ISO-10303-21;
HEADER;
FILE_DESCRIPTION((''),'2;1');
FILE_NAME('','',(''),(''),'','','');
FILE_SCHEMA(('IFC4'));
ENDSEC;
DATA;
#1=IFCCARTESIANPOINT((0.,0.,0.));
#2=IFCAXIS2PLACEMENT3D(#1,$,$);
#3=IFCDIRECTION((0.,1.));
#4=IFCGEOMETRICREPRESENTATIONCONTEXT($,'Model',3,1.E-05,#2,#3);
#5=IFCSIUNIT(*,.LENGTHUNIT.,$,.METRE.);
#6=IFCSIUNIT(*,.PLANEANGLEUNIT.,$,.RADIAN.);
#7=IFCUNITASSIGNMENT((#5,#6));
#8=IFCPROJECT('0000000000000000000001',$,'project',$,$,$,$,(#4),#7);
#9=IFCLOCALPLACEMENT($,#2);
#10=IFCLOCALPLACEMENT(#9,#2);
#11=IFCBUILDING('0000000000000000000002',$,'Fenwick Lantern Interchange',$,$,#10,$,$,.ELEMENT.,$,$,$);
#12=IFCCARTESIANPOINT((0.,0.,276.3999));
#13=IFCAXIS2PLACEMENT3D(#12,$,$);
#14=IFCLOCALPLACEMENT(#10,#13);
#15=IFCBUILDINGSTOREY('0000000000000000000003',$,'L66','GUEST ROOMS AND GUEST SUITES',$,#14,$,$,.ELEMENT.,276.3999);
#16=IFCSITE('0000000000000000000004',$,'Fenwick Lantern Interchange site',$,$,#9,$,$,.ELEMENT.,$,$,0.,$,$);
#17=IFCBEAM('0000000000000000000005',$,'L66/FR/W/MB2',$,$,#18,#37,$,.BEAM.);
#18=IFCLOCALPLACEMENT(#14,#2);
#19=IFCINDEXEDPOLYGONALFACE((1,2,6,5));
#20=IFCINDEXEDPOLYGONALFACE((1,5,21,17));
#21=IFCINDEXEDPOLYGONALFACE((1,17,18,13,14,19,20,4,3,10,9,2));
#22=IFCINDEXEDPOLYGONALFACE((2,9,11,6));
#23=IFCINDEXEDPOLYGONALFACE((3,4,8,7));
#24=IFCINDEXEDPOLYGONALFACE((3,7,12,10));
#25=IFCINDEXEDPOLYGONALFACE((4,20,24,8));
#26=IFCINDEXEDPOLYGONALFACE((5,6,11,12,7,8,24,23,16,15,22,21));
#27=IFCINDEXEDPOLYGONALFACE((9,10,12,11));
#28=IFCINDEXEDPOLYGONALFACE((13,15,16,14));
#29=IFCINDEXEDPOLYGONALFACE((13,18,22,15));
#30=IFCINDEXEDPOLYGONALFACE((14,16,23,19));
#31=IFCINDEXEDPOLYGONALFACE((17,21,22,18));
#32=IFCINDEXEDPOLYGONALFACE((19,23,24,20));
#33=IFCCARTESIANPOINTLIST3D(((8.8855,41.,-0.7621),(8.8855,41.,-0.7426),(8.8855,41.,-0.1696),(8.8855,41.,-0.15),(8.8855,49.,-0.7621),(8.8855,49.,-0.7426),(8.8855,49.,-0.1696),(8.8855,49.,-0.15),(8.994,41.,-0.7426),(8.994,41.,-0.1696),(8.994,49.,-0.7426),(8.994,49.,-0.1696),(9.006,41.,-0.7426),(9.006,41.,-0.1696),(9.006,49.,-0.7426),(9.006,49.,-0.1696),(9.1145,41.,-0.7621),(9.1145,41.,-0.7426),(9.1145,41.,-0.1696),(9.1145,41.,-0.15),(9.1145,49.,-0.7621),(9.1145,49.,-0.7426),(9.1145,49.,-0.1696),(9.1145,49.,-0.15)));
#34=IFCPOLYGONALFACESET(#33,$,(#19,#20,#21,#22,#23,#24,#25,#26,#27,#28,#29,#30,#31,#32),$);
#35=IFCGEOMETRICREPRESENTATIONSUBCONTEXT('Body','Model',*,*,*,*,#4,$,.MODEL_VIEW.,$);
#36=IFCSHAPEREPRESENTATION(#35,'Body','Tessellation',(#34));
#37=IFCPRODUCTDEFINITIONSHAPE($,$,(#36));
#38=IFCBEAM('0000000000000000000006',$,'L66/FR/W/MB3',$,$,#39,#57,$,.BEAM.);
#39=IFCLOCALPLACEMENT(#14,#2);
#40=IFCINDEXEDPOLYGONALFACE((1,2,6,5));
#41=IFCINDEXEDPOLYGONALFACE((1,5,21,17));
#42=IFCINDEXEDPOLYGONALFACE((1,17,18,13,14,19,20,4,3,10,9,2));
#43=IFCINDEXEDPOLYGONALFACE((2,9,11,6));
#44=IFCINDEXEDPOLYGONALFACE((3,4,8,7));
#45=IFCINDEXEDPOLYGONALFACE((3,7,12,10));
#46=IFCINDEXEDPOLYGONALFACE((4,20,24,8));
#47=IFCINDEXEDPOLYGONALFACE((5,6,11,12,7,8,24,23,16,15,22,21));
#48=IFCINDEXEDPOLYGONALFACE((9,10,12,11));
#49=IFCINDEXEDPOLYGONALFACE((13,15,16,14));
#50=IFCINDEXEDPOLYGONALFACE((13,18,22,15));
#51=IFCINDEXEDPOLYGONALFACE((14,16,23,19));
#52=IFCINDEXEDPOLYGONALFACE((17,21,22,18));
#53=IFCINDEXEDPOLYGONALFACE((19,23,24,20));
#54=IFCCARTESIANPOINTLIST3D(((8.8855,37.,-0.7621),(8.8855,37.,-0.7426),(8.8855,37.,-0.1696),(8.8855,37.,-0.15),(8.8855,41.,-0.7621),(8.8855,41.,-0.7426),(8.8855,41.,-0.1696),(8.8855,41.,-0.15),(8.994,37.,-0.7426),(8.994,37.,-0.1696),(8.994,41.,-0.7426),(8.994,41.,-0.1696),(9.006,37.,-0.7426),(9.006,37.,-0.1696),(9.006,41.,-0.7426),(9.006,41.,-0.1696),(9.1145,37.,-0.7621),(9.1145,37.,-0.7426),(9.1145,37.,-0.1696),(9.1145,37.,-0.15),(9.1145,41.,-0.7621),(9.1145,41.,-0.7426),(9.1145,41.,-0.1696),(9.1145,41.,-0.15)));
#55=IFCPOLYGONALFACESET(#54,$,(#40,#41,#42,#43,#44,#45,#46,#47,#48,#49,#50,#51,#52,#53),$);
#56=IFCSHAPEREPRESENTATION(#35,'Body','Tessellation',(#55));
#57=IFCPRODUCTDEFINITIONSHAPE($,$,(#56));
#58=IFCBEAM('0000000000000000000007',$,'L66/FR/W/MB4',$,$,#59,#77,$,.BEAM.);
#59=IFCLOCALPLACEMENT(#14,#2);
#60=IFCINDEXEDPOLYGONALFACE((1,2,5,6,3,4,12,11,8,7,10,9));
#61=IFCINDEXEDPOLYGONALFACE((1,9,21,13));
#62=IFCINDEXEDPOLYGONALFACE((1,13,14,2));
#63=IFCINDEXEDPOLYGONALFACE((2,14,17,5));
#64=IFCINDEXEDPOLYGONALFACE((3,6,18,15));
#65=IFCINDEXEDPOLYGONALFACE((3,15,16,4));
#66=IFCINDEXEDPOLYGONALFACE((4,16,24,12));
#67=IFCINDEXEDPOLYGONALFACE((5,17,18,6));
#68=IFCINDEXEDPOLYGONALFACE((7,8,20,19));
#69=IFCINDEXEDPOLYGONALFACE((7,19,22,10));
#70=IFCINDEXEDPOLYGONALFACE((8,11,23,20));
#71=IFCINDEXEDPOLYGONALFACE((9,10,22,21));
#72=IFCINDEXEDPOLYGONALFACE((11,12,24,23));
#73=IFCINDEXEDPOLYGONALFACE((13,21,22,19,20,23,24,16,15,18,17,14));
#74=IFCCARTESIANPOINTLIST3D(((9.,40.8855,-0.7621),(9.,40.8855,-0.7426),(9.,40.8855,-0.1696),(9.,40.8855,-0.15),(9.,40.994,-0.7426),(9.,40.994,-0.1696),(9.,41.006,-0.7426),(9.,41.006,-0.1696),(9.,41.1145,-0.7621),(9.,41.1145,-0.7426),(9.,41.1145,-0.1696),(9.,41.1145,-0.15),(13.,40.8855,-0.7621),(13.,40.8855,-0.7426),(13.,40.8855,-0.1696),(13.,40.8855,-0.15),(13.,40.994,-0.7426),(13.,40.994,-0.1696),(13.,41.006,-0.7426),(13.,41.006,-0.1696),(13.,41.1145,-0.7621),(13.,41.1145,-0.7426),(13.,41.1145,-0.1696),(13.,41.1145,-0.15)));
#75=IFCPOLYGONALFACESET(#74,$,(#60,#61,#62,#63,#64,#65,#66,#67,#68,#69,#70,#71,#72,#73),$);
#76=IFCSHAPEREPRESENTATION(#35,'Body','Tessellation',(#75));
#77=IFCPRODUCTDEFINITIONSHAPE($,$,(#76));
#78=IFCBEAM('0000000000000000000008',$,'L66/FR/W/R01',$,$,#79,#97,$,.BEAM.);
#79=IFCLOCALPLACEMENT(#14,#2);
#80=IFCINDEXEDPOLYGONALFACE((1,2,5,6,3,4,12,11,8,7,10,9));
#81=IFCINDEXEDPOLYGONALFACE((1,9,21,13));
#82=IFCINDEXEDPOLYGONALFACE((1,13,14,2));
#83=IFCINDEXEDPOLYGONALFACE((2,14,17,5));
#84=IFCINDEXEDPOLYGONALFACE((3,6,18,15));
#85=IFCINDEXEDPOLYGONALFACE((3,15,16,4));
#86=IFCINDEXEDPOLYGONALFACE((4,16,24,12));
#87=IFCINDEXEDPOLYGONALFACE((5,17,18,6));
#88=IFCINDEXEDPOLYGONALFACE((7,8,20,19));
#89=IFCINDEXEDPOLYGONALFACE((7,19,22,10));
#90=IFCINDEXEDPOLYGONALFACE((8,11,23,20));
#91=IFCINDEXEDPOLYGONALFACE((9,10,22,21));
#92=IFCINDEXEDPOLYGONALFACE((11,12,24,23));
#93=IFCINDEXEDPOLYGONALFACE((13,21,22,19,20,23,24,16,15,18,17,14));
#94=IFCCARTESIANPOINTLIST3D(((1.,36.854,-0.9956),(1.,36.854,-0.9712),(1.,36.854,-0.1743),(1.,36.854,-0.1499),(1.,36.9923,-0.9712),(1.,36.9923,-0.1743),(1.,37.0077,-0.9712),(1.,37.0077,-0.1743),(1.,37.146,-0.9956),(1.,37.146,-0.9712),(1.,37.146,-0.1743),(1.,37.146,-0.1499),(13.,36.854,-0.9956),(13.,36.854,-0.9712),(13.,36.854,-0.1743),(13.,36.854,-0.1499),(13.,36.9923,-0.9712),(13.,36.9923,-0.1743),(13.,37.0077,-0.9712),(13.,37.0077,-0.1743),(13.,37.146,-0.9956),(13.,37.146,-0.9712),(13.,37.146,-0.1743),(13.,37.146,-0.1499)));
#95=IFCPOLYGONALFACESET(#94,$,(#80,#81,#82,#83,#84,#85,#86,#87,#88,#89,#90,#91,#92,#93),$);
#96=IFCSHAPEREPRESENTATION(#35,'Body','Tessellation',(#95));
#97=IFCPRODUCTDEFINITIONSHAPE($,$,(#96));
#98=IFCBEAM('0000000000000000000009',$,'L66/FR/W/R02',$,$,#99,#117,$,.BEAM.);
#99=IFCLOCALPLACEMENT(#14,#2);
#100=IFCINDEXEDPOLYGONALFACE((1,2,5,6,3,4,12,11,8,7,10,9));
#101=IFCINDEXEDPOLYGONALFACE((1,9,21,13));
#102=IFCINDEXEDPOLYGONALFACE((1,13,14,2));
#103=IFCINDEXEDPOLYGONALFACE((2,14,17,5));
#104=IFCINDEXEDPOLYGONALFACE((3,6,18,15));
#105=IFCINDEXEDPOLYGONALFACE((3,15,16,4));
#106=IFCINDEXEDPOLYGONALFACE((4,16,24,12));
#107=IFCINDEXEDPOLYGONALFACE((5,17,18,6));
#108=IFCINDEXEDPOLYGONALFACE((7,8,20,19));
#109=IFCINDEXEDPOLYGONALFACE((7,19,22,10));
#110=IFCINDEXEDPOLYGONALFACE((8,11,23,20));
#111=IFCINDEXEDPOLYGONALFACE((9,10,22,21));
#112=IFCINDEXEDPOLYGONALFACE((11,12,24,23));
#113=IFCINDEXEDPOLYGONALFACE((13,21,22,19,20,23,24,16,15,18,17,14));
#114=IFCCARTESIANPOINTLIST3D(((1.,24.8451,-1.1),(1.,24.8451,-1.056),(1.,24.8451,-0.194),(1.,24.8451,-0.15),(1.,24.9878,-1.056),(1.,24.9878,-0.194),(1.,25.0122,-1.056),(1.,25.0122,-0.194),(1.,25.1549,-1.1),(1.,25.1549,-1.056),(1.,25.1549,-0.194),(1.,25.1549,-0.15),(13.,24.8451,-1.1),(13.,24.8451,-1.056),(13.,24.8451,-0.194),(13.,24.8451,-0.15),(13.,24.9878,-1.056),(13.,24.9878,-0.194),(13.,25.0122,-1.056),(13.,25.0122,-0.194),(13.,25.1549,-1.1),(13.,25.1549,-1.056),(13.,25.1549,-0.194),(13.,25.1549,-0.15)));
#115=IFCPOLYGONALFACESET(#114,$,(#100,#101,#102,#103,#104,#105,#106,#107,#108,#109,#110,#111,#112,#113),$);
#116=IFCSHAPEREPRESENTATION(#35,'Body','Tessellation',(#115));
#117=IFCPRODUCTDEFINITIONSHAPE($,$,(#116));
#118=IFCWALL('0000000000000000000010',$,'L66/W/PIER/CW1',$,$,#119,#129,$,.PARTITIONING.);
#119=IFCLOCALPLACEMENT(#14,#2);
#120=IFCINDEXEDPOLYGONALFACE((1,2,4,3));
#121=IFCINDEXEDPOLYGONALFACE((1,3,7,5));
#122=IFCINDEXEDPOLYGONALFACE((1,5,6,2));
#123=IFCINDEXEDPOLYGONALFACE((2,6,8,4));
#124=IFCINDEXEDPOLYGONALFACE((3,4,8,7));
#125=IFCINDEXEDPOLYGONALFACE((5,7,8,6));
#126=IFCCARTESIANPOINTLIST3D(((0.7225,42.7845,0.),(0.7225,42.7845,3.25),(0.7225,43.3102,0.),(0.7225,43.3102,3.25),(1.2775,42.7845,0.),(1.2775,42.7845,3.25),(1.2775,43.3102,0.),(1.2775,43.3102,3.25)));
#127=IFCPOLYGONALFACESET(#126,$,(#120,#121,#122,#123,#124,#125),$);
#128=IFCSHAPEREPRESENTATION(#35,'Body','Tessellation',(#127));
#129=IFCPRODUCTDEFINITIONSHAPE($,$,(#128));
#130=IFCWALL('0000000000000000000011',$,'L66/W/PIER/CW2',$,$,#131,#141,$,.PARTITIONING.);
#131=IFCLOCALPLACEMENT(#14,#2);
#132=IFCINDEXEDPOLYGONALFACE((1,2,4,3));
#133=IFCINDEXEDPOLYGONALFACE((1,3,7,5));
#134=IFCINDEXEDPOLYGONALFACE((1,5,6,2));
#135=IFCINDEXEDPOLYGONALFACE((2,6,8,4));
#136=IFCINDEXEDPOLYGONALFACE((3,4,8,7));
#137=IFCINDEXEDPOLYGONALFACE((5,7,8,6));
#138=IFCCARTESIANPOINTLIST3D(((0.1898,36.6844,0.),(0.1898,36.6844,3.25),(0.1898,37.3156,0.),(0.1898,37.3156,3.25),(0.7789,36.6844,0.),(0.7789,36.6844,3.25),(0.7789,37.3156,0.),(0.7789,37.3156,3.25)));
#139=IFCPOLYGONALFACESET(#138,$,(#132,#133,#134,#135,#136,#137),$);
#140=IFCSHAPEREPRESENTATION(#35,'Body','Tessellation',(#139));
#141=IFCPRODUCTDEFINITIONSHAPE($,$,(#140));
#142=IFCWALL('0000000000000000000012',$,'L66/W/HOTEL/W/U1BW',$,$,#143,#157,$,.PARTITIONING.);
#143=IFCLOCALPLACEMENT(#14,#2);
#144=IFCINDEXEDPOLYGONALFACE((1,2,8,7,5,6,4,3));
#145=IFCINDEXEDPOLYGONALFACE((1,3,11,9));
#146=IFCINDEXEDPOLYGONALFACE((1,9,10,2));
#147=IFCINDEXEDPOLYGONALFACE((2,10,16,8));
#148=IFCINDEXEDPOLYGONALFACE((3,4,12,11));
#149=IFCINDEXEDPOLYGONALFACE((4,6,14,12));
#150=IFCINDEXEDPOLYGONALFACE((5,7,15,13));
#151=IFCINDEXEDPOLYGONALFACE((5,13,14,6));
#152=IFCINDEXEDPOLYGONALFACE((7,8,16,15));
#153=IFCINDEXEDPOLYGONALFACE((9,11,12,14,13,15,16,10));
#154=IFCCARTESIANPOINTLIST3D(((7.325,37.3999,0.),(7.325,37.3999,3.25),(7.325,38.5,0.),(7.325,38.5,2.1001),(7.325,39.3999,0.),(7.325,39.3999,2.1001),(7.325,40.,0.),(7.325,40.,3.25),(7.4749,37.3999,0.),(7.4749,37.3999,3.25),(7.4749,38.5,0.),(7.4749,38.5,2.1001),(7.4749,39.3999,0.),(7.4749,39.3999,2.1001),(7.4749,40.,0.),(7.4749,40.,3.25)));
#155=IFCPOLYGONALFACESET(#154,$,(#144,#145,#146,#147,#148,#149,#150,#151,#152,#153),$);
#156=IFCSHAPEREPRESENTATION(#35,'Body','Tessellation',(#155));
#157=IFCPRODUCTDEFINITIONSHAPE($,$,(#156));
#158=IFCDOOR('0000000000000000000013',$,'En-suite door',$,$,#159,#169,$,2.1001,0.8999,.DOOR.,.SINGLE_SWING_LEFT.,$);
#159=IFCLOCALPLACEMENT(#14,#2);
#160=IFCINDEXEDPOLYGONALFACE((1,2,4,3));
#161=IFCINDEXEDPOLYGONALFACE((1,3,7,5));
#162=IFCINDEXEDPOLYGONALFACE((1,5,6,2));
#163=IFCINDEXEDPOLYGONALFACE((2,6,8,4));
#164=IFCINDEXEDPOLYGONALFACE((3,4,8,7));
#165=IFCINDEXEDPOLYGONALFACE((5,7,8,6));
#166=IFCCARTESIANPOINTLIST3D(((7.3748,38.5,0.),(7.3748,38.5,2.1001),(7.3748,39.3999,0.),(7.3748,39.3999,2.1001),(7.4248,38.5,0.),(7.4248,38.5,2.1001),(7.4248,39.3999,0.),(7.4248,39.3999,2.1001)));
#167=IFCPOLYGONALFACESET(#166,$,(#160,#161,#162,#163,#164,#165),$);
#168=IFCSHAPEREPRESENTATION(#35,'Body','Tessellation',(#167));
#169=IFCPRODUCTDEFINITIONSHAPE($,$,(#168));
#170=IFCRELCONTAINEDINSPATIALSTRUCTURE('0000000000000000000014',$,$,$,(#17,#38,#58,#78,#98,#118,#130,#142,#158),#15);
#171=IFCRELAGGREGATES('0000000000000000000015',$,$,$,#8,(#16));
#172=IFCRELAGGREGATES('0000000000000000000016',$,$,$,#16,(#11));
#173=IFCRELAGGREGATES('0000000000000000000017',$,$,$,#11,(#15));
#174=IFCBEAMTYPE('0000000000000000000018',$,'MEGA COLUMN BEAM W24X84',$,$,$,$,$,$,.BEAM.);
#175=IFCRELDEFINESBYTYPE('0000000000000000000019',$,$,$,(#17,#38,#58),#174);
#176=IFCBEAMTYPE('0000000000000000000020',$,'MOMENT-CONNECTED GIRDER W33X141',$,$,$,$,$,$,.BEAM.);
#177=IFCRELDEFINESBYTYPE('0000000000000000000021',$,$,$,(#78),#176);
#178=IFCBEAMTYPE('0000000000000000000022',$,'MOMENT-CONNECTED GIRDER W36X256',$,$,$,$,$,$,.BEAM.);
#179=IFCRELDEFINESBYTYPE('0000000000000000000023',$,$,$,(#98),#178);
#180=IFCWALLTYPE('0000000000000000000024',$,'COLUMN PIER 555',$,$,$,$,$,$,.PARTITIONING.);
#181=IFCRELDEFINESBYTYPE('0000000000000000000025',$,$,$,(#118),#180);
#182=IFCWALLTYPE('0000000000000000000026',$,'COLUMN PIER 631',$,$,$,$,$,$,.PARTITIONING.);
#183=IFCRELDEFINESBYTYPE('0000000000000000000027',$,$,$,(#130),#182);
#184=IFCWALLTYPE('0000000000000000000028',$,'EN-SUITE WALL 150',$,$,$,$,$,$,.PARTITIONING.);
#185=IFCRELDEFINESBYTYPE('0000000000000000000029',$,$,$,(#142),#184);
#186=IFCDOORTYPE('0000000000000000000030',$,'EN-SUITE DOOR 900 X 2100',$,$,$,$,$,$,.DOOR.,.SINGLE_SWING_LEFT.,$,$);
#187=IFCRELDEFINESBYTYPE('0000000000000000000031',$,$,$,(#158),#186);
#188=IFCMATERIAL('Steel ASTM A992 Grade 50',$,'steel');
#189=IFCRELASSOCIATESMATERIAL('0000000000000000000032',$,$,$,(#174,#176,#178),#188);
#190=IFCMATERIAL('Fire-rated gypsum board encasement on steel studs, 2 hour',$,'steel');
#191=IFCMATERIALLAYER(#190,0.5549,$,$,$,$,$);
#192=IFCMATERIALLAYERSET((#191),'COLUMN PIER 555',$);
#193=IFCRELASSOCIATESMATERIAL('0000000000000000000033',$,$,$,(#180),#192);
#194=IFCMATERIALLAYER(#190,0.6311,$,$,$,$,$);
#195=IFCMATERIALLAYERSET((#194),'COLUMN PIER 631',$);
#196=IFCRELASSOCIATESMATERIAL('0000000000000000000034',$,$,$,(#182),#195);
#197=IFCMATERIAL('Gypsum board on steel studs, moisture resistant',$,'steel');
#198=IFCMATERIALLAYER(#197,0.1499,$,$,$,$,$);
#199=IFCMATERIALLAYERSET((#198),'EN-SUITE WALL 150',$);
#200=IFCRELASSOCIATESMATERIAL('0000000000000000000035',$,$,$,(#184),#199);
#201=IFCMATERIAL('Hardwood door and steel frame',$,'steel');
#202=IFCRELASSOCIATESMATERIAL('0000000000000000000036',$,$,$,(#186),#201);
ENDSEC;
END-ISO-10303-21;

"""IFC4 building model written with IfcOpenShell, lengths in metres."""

from ifc_helpers import new_model, si_unit, direction, frame, frame_2d, origin, origin_2d, place, context, subcontext, project, spatial, rectangle, i_section, extrude, material, layer, layer_set, material_profile, profile_set, type_object, element, fill, save


model = new_model("IFC4")

# Units and contexts
model_context = context("Model", 3, precision=1e-05, world=origin(), true_north=direction((0.0, 1.0)))
body_context = subcontext(model_context, "Body", "Model", "MODEL_VIEW")
ifc_project = project(units=[si_unit("LENGTHUNIT", "METRE"), si_unit("PLANEANGLEUNIT", "RADIAN")], contexts=[model_context])

# Site, building, storey
site_placement = place(None, origin())
site = spatial("IfcSite", under=ifc_project, at=site_placement, Name="Fenwick Lantern Interchange site", CompositionType="ELEMENT", RefElevation=0.0)
building_placement = place(site_placement, origin())
building = spatial("IfcBuilding", under=site, at=building_placement, Name="Fenwick Lantern Interchange", CompositionType="ELEMENT")
storey_placement = place(building_placement, frame((0.0, 0.0, 276.3999)))
storey = spatial("IfcBuildingStorey", under=building, at=storey_placement, Name="L66", Description="GUEST ROOMS AND GUEST SUITES", CompositionType="ELEMENT", Elevation=276.3999)

# Shared definitions
ifc_material_1 = material(Name="Steel ASTM A992 Grade 50", Category="steel")

# Beams
ifc_material_profile_1 = material_profile(ifc_material_1, i_section(OverallWidth=0.229, OverallDepth=0.6121, WebThickness=0.012, FlangeThickness=0.0195, at=origin_2d()), Name="W24X84")
ifc_profile_set_1 = profile_set([ifc_material_profile_1], Name="Steel ASTM A992 Grade 50")
beam_type_1 = type_object("IfcBeamType", Name="MEGA COLUMN BEAM W24X84", PredefinedType="BEAM", material=ifc_profile_set_1)
for number, where, z_axis, x_axis, name in (
    (1, (9.0, 41.0, -0.4561), (0.0, 1.0, 0.0), (-1.0, 0.0, 0.0), "L66/FR/W/MB2"),
):
    element("IfcBeam", number, at=place(storey_placement, frame(where, z_axis=z_axis, x_axis=x_axis)), inside=storey, type_object=beam_type_1, Name=name, PredefinedType="BEAM", context=body_context, shape_type="SweptSolid", body=[
        extrude(i_section(OverallWidth=0.229, OverallDepth=0.6121, WebThickness=0.012, FlangeThickness=0.0195, at=origin_2d()), origin(), (0.0, 0.0, 1.0), 8.0),
    ])
for number, where, z_axis, x_axis, name in (
    (2, (9.0, 41.0, -0.4561), (0.0, -1.0, 0.0), (1.0, 0.0, 0.0), "L66/FR/W/MB3"),
    (3, (9.0, 41.0, -0.4561), (1.0, 0.0, 0.0), (0.0, 1.0, 0.0), "L66/FR/W/MB4"),
):
    element("IfcBeam", number, at=place(storey_placement, frame(where, z_axis=z_axis, x_axis=x_axis)), inside=storey, type_object=beam_type_1, Name=name, PredefinedType="BEAM", context=body_context, shape_type="SweptSolid", body=[
        extrude(i_section(OverallWidth=0.229, OverallDepth=0.6121, WebThickness=0.012, FlangeThickness=0.0195, at=origin_2d()), origin(), (0.0, 0.0, 1.0), 4.0),
    ])
ifc_material_profile_2 = material_profile(ifc_material_1, i_section(OverallWidth=0.292, OverallDepth=0.8457, WebThickness=0.0154, FlangeThickness=0.0244, at=origin_2d()), Name="W33X141")
ifc_profile_set_2 = profile_set([ifc_material_profile_2], Name="Steel ASTM A992 Grade 50")
beam_type_2 = type_object("IfcBeamType", Name="MOMENT-CONNECTED GIRDER W33X141", PredefinedType="BEAM", material=ifc_profile_set_2)
beam_1_placement = place(storey_placement, frame((1.0, 37.0, -0.5728), z_axis=(1.0, 0.0, 0.0), x_axis=(0.0, 1.0, 0.0)))
element("IfcBeam", 4, at=beam_1_placement, inside=storey, type_object=beam_type_2, Name="L66/FR/W/R01", PredefinedType="BEAM", context=body_context, shape_type="SweptSolid", body=[
    extrude(i_section(OverallWidth=0.292, OverallDepth=0.8457, WebThickness=0.0154, FlangeThickness=0.0244, at=origin_2d()), origin(), (0.0, 0.0, 1.0), 12.0),
])
ifc_material_profile_3 = material_profile(ifc_material_1, i_section(OverallWidth=0.3098, OverallDepth=0.95, WebThickness=0.0244, FlangeThickness=0.0439, at=origin_2d()), Name="W36X256")
ifc_profile_set_3 = profile_set([ifc_material_profile_3], Name="Steel ASTM A992 Grade 50")
beam_type_3 = type_object("IfcBeamType", Name="MOMENT-CONNECTED GIRDER W36X256", PredefinedType="BEAM", material=ifc_profile_set_3)
beam_2_placement = place(storey_placement, frame((1.0, 25.0, -0.625), z_axis=(1.0, 0.0, 0.0), x_axis=(0.0, 1.0, 0.0)))
element("IfcBeam", 5, at=beam_2_placement, inside=storey, type_object=beam_type_3, Name="L66/FR/W/R02", PredefinedType="BEAM", context=body_context, shape_type="SweptSolid", body=[
    extrude(i_section(OverallWidth=0.3098, OverallDepth=0.95, WebThickness=0.0244, FlangeThickness=0.0439, at=origin_2d()), origin(), (0.0, 0.0, 1.0), 12.0),
])

# Walls
ifc_material_2 = material(Name="Fire-rated gypsum board encasement on steel studs, 2 hour", Category="steel")
ifc_layer_1 = layer(ifc_material_2, 0.5549)
ifc_layer_set_1 = layer_set([ifc_layer_1], Name="COLUMN PIER 555")
wall_type_1 = type_object("IfcWallType", Name="COLUMN PIER 555", PredefinedType="PARTITIONING", material=ifc_layer_set_1)
wall_1_placement = place(storey_placement, frame((1.0, 43.3101, 0.0), z_axis=(0.0, 0.0, 1.0), x_axis=(0.0, -1.0, 0.0)))
element("IfcWall", 6, at=wall_1_placement, inside=storey, type_object=wall_type_1, Name="L66/W/PIER/CW1", PredefinedType="PARTITIONING", context=body_context, shape_type="SweptSolid", body=[
    extrude(rectangle(XDim=0.5256, YDim=0.5549, at=frame_2d((0.2627, 0.0))), origin(), (0.0, 0.0, 1.0), 3.25),
])
ifc_layer_2 = layer(ifc_material_2, 0.6311)
ifc_layer_set_2 = layer_set([ifc_layer_2], Name="COLUMN PIER 631")
wall_type_2 = type_object("IfcWallType", Name="COLUMN PIER 631", PredefinedType="PARTITIONING", material=ifc_layer_set_2)
wall_2_placement = place(storey_placement, frame((0.1899, 37.0, 0.0), z_axis=(0.0, 0.0, 1.0), x_axis=(1.0, 0.0, 0.0)))
element("IfcWall", 7, at=wall_2_placement, inside=storey, type_object=wall_type_2, Name="L66/W/PIER/CW2", PredefinedType="PARTITIONING", context=body_context, shape_type="SweptSolid", body=[
    extrude(rectangle(XDim=0.5891, YDim=0.6311, at=frame_2d((0.2944, 0.0))), origin(), (0.0, 0.0, 1.0), 3.25),
])

# Wall, opening, door
ifc_material_3 = material(Name="Gypsum board on steel studs, moisture resistant", Category="steel")
ifc_layer_3 = layer(ifc_material_3, 0.1499)
ifc_layer_set_3 = layer_set([ifc_layer_3], Name="EN-SUITE WALL 150")
wall_type_3 = type_object("IfcWallType", Name="EN-SUITE WALL 150", PredefinedType="PARTITIONING", material=ifc_layer_set_3)
wall_3_placement = place(storey_placement, frame((7.3999, 40.0, 0.0), z_axis=(0.0, 0.0, 1.0), x_axis=(0.0, -1.0, 0.0)))
wall_3 = element("IfcWall", 8, at=wall_3_placement, inside=storey, type_object=wall_type_3, Name="L66/W/HOTEL/W/U1BW", PredefinedType="PARTITIONING", context=body_context, shape_type="SweptSolid", body=[
    extrude(rectangle(XDim=2.6001, YDim=0.1499, at=frame_2d((1.3, 0.0))), origin(), (0.0, 0.0, 1.0), 3.25),
])
opening_1_placement = place(wall_3_placement, frame((0.6001, 0.0, 0.0)))
opening_1 = element("IfcOpeningElement", 9, at=opening_1_placement, cuts=wall_3, PredefinedType="OPENING", context=body_context, shape_type="SweptSolid", body=[
    extrude(rectangle(XDim=0.8999, YDim=2.1001, at=frame_2d((0.45, 1.05))), frame((0.0, 0.085, 0.0), z_axis=(0.0, -1.0, 0.0), x_axis=(1.0, 0.0, 0.0)), (0.0, 0.0, 1.0), 0.1699),
])
ifc_material_4 = material(Name="Hardwood door and steel frame", Category="steel")
door_type = type_object("IfcDoorType", Name="EN-SUITE DOOR 900 X 2100", OperationType="SINGLE_SWING_LEFT", PredefinedType="DOOR", material=ifc_material_4)
door_1_placement = place(opening_1_placement, origin())
door_1 = element("IfcDoor", 10, at=door_1_placement, inside=storey, type_object=door_type, Name="En-suite door", OperationType="SINGLE_SWING_LEFT", OverallHeight=2.1001, OverallWidth=0.8999, PredefinedType="DOOR", context=body_context, shape_type="SweptSolid", body=[
    extrude(rectangle(XDim=0.8999, YDim=2.1001, at=frame_2d((0.45, 1.05))), frame((0.0, 0.0249, 0.0), z_axis=(0.0, -1.0, 0.0), x_axis=(1.0, 0.0, 0.0)), (0.0, 0.0, 1.0), 0.05),
])
fill(opening_1, door_1)

save(model, "model.ifc")
